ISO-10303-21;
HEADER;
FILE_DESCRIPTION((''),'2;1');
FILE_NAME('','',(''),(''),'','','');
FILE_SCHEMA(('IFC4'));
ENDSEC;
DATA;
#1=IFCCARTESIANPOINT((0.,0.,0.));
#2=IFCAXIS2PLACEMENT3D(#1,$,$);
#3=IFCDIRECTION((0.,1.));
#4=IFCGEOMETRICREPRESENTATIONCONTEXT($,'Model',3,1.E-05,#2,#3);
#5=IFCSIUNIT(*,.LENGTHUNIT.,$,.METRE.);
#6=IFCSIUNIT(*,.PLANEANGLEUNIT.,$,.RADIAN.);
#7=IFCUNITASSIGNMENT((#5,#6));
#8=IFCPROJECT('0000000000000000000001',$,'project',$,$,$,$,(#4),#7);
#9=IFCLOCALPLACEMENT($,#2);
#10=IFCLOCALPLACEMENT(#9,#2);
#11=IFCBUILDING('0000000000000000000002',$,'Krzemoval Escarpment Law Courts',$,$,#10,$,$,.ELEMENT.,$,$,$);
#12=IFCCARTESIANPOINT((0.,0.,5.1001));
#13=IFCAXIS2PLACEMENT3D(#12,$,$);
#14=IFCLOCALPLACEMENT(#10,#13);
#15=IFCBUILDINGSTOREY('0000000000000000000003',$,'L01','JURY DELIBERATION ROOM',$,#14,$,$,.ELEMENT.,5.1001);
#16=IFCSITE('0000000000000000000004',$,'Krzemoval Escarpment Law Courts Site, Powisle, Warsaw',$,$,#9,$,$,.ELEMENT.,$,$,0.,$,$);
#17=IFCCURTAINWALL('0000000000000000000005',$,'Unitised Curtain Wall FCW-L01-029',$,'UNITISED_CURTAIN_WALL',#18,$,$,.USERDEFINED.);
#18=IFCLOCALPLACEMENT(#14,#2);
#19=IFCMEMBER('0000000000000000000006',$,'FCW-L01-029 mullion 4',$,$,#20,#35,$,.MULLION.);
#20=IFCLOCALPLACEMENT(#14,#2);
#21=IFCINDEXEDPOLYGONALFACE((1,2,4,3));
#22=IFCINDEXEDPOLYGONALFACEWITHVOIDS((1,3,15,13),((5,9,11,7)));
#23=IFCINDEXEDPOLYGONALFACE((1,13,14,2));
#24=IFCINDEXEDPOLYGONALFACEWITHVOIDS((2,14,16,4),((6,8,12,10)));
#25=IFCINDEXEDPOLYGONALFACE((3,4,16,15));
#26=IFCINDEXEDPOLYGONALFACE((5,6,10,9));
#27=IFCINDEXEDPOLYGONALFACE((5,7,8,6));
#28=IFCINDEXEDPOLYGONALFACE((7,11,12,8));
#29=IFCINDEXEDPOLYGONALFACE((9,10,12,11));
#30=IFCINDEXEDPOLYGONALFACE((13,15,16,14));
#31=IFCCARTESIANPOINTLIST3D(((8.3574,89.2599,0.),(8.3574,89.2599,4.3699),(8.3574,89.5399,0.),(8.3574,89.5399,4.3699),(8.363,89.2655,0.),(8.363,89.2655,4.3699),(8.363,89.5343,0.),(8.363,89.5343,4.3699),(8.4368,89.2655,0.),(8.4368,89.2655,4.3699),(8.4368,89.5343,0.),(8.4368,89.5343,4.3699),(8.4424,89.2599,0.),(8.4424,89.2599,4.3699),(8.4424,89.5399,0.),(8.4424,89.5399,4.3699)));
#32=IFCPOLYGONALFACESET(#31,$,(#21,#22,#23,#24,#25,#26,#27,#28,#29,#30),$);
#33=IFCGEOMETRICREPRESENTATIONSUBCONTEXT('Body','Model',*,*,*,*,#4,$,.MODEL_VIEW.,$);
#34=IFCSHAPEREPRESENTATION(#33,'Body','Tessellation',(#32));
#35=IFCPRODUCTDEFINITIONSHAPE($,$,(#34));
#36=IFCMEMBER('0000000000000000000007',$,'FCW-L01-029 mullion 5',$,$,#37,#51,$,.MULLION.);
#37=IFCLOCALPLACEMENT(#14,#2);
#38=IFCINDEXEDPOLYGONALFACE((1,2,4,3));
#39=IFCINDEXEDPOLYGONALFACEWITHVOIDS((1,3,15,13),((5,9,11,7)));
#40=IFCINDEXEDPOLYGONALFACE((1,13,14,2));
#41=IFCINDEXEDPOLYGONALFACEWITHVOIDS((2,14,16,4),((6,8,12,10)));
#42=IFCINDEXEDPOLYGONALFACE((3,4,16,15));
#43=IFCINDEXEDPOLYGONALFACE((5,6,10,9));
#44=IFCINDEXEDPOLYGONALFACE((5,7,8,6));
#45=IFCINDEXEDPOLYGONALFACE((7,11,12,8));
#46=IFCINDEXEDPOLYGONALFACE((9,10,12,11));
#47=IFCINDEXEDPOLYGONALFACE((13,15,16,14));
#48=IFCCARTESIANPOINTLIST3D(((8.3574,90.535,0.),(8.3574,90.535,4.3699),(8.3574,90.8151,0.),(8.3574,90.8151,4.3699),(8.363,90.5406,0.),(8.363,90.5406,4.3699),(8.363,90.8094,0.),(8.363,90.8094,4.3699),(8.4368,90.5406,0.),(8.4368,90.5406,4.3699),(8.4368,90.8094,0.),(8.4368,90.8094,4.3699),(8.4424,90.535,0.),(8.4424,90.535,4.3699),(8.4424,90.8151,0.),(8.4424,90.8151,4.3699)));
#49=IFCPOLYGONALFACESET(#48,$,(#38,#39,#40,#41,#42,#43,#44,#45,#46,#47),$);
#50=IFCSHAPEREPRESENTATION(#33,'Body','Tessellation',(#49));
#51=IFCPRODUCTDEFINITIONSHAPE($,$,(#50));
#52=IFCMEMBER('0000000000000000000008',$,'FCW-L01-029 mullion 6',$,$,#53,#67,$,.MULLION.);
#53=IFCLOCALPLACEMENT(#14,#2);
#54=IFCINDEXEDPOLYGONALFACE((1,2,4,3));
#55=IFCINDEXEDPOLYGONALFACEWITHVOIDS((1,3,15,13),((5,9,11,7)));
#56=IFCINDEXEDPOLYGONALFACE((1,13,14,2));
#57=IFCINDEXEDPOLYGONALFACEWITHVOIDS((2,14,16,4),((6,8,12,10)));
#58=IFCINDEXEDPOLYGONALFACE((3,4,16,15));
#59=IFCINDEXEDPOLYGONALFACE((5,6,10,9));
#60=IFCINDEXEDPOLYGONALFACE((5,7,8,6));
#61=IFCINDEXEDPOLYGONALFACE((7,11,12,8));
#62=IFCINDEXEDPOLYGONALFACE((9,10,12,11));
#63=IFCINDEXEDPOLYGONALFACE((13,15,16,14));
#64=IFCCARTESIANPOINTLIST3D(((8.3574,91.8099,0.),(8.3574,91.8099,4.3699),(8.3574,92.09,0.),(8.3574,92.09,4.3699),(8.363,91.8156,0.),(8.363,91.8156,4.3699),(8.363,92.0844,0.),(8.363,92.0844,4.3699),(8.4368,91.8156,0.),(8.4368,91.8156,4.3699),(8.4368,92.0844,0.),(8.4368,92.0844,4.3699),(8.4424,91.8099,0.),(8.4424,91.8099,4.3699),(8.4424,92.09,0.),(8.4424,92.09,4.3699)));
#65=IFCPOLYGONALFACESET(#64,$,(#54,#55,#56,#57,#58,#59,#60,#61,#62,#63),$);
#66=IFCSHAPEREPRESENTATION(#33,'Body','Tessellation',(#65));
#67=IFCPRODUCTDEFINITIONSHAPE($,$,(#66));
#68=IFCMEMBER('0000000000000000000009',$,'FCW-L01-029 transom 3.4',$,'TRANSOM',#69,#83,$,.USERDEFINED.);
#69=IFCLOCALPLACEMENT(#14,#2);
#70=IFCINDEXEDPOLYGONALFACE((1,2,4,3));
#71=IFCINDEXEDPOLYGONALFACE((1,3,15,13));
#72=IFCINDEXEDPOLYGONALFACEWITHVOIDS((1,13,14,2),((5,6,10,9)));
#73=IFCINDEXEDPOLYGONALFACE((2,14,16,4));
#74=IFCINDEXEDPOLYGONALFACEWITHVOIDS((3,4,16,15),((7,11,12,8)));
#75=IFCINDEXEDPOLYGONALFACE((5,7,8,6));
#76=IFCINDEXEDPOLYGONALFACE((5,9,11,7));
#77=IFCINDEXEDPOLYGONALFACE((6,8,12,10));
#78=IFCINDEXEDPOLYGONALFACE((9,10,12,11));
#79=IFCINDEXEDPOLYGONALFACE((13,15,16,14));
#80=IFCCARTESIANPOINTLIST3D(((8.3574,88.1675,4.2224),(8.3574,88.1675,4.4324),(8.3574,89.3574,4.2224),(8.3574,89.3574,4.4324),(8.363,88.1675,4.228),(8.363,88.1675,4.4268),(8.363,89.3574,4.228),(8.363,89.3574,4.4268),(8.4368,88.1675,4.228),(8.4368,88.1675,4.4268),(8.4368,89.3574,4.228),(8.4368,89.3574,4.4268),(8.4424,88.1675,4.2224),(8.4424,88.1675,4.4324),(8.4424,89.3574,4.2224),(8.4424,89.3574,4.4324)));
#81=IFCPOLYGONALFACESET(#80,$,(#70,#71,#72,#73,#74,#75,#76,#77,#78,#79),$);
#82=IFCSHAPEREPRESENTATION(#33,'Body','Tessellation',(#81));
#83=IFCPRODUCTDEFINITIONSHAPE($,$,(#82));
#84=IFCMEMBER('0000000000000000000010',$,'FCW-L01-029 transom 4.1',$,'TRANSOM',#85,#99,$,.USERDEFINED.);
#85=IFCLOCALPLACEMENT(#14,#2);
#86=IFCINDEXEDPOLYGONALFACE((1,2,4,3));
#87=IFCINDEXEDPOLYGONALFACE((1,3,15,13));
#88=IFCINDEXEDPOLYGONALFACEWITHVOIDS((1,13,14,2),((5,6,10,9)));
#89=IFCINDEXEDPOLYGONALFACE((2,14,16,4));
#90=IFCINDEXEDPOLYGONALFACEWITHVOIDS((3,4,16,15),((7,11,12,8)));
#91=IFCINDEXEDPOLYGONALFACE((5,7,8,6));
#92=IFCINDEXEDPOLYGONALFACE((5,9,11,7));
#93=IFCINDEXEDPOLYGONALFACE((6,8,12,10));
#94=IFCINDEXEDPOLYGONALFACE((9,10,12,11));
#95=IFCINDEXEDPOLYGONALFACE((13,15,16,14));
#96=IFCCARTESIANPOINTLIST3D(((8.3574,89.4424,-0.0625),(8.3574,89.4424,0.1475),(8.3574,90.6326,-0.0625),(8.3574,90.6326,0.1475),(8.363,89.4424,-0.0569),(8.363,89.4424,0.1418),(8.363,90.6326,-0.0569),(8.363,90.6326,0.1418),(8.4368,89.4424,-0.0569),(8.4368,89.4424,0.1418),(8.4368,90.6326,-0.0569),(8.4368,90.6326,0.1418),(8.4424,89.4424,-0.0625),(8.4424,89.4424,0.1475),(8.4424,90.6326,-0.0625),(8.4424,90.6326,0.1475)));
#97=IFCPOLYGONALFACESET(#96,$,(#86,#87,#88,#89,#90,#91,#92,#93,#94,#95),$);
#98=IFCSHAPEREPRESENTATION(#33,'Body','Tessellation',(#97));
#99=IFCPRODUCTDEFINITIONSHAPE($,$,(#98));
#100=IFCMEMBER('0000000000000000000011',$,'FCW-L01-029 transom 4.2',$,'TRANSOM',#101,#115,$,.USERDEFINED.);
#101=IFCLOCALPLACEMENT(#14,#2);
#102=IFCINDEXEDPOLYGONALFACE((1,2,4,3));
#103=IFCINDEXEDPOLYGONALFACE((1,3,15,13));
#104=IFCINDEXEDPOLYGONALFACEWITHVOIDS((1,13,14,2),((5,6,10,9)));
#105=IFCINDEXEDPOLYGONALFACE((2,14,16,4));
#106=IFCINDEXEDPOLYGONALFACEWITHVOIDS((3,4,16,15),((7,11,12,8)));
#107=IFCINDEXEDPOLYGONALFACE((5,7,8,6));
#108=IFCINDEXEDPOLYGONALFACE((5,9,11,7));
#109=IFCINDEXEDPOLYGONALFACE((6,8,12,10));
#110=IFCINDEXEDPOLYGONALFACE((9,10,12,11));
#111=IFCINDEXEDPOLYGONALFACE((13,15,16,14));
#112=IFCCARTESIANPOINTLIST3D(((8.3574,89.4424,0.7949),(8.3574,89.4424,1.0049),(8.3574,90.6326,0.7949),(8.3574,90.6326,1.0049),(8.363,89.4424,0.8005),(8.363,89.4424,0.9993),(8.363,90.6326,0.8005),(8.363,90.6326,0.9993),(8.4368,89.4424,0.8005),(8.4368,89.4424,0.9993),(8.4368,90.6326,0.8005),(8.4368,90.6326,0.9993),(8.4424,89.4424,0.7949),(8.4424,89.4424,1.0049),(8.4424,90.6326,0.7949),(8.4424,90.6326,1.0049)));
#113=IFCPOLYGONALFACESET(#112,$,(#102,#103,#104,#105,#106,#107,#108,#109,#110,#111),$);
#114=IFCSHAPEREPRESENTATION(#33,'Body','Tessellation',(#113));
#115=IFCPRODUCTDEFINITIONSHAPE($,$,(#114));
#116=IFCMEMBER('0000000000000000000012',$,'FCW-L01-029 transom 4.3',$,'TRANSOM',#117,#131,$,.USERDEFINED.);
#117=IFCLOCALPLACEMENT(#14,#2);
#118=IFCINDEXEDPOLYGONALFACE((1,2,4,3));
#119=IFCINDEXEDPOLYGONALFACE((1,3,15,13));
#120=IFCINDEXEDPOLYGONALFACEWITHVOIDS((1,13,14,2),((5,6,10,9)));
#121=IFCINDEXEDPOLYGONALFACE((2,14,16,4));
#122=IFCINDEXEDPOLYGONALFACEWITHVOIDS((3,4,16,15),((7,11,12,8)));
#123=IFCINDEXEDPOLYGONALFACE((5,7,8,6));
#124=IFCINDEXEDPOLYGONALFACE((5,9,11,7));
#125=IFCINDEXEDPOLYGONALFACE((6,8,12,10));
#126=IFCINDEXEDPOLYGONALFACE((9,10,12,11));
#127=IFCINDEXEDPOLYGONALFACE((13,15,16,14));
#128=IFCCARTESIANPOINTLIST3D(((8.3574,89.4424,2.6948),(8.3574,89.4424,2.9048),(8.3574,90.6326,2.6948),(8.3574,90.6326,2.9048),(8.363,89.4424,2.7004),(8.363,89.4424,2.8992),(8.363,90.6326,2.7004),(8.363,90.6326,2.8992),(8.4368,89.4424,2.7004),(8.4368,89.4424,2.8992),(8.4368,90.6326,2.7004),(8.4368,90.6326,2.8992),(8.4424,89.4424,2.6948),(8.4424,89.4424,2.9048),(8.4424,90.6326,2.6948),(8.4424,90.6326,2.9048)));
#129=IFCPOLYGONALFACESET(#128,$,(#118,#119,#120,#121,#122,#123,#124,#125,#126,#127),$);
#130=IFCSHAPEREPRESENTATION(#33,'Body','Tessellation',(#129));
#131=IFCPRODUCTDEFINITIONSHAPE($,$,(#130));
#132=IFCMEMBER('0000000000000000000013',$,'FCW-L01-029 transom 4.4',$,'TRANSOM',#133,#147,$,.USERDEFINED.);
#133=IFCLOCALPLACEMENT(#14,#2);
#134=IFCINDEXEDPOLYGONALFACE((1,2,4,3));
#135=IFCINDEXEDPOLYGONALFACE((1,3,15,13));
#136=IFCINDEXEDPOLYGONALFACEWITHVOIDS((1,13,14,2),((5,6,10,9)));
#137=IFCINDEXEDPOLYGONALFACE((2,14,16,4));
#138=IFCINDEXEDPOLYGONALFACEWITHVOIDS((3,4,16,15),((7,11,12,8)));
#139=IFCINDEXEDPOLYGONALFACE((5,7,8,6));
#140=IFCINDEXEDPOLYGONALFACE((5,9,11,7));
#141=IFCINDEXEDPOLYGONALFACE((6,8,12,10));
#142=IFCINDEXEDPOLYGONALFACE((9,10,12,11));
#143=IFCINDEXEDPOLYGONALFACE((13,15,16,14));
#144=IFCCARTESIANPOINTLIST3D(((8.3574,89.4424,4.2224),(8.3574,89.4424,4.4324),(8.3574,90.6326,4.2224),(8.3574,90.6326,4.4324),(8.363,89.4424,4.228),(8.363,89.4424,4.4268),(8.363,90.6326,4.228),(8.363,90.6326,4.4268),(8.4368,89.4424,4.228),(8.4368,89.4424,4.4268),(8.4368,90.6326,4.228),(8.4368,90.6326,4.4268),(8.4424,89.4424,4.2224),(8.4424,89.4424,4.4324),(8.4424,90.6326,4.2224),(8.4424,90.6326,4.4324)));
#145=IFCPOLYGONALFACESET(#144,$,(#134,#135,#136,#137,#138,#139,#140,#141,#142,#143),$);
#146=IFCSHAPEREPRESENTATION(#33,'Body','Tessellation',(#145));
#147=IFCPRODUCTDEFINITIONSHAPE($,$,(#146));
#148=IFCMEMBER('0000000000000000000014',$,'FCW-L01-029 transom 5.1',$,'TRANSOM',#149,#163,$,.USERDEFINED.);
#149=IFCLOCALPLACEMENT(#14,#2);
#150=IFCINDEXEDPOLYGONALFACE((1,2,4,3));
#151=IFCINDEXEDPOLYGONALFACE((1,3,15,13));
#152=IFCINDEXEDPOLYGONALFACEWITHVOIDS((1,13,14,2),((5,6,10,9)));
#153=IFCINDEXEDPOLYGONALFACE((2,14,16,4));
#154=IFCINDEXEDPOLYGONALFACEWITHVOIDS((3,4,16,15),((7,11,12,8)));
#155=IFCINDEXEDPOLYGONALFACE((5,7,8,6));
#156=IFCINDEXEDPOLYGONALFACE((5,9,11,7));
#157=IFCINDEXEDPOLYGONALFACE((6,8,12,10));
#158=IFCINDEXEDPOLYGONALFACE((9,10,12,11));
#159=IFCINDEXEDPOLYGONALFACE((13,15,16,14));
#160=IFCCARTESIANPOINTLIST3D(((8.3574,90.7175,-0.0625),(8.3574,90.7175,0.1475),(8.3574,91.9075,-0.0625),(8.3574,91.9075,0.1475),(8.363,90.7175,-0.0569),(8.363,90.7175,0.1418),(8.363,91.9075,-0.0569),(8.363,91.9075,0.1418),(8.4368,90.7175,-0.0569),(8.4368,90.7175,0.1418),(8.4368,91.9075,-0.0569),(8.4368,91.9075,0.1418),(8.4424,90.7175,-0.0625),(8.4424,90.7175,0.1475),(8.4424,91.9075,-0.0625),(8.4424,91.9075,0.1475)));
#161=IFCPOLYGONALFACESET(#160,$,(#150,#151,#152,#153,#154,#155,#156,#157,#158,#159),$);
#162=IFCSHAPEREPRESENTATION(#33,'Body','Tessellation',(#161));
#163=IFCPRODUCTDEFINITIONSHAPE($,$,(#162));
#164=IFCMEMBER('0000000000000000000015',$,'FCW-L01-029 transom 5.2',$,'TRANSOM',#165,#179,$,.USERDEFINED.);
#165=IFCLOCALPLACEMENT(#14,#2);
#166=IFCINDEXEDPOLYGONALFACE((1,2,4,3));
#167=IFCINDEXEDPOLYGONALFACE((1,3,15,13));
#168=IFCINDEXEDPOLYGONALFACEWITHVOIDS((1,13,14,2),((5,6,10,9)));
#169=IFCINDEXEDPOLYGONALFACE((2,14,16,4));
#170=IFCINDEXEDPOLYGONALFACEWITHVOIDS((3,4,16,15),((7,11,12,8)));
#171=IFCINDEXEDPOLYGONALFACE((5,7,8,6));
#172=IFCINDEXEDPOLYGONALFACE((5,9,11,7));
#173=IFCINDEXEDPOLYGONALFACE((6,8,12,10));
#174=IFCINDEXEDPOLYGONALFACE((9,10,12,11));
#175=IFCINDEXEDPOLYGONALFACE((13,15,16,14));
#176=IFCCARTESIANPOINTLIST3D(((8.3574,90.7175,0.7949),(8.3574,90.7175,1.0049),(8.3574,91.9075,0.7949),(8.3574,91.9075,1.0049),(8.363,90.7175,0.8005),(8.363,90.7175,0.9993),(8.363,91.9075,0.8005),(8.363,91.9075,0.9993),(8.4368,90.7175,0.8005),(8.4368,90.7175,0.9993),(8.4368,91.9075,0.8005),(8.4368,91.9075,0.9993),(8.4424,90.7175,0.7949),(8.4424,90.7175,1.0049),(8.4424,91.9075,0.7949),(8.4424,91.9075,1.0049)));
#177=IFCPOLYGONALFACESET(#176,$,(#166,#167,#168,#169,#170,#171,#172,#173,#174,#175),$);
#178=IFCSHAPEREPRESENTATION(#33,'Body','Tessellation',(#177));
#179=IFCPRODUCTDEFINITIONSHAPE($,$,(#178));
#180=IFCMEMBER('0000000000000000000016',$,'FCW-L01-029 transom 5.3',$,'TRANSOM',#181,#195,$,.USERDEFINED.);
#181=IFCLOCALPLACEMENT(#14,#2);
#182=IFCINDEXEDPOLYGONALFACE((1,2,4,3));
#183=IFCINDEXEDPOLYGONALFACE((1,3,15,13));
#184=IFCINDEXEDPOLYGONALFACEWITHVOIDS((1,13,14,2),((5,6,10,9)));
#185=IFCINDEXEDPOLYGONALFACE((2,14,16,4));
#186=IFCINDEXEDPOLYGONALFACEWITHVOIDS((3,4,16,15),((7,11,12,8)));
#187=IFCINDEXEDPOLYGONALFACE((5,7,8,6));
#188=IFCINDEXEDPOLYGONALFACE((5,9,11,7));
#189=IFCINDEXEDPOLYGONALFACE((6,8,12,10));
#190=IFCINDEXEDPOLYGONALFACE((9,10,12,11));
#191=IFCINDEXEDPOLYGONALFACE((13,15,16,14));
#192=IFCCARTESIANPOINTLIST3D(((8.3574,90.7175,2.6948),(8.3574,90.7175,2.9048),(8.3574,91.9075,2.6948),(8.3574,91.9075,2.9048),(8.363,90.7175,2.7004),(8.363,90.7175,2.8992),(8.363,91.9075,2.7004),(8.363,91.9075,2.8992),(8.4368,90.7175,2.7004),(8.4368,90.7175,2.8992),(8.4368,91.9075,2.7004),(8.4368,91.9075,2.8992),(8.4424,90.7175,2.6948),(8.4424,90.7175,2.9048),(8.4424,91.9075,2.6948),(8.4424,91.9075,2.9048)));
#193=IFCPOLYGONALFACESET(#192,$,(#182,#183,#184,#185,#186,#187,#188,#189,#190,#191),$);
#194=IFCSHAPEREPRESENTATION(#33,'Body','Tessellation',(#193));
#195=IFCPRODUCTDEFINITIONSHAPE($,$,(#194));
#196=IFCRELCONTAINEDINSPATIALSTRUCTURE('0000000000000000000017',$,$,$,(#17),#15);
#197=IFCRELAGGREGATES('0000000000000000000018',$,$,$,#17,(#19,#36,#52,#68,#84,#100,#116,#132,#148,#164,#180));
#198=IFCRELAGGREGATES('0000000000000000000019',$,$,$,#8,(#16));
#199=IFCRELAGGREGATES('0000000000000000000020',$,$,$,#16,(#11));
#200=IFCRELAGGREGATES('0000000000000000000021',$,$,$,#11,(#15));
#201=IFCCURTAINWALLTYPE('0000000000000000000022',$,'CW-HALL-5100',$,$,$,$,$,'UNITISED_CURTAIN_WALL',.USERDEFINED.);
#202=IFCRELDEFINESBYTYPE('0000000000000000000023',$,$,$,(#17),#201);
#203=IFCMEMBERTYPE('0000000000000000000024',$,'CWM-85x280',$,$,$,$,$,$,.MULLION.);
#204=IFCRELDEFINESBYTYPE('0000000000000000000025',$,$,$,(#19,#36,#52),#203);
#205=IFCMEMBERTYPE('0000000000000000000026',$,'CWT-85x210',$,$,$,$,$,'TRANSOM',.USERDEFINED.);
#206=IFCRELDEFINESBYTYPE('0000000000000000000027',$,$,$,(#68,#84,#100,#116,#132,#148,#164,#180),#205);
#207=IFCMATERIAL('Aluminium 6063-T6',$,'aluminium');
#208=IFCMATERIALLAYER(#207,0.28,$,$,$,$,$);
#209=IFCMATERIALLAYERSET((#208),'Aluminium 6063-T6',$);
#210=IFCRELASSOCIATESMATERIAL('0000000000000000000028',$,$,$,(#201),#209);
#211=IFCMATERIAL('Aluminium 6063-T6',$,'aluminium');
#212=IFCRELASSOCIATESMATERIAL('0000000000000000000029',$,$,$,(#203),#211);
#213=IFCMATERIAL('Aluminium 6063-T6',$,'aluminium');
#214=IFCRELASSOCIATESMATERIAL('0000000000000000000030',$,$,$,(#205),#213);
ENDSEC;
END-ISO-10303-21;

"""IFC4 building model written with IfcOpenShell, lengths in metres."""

from ifc_helpers import new_model, si_unit, direction, frame, origin, origin_2d, place, context, subcontext, project, spatial, hollow_rectangle, extrude, material, layer, layer_set, material_profile, profile_set, type_object, element, aggregate, save


model = new_model("IFC4")

# Units and contexts
model_context = context("Model", 3, precision=1e-05, world=origin(), true_north=direction((0.0, 1.0)))
body_context = subcontext(model_context, "Body", "Model", "MODEL_VIEW")
ifc_project = project(units=[si_unit("LENGTHUNIT", "METRE"), si_unit("PLANEANGLEUNIT", "RADIAN")], contexts=[model_context])

# Site, building, storey
site_placement = place(None, origin())
site = spatial("IfcSite", under=ifc_project, at=site_placement, Name="Krzemoval Escarpment Law Courts Site, Powisle, Warsaw", CompositionType="ELEMENT", RefElevation=0.0)
building_placement = place(site_placement, origin())
building = spatial("IfcBuilding", under=site, at=building_placement, Name="Krzemoval Escarpment Law Courts", CompositionType="ELEMENT")
storey_placement = place(building_placement, frame((0.0, 0.0, 5.1001)))
storey = spatial("IfcBuildingStorey", under=building, at=storey_placement, Name="L01", Description="JURY DELIBERATION ROOM", CompositionType="ELEMENT", Elevation=5.1001)

# Curtain wall, members
ifc_material_1 = material(Name="Aluminium 6063-T6", Category="aluminium")
ifc_layer_1 = layer(ifc_material_1, 0.28)
ifc_layer_set_1 = layer_set([ifc_layer_1], Name="Aluminium 6063-T6")
curtain_wall_type = type_object("IfcCurtainWallType", Name="CW-HALL-5100", ElementType="UNITISED_CURTAIN_WALL", PredefinedType="USERDEFINED", material=ifc_layer_set_1)
curtain_wall_placement = place(storey_placement, origin())
curtain_wall = element("IfcCurtainWall", 1, at=curtain_wall_placement, inside=storey, type_object=curtain_wall_type, Name="Unitised Curtain Wall FCW-L01-029", ObjectType="UNITISED_CURTAIN_WALL", PredefinedType="USERDEFINED")
ifc_material_2 = material(Name="Aluminium 6063-T6", Category="aluminium")
ifc_material_profile_1 = material_profile(ifc_material_2, hollow_rectangle(XDim=0.085, YDim=0.28, WallThickness=0.0056, at=origin_2d()), Name="ALU M85x280")
ifc_profile_set_1 = profile_set([ifc_material_profile_1], Name="Aluminium 6063-T6")
member_type_1 = type_object("IfcMemberType", Name="CWM-85x280", PredefinedType="MULLION", material=ifc_profile_set_1)
member_1_placement = place(storey_placement, frame((8.3999, 89.3999, 0.0), z_axis=(0.0, 0.0, 1.0), x_axis=(-1.0, 0.0, 0.0)))
member_1 = element("IfcMember", 2, at=member_1_placement, type_object=member_type_1, Name="FCW-L01-029 mullion 4", PredefinedType="MULLION", context=body_context, shape_type="SweptSolid", body=[
    extrude(hollow_rectangle(XDim=0.085, YDim=0.28, WallThickness=0.0056, at=origin_2d()), origin(), (0.0, 0.0, 1.0), 4.3699),
])
member_2_placement = place(storey_placement, frame((8.3999, 90.675, 0.0), z_axis=(0.0, 0.0, 1.0), x_axis=(-1.0, 0.0, 0.0)))
member_2 = element("IfcMember", 3, at=member_2_placement, type_object=member_type_1, Name="FCW-L01-029 mullion 5", PredefinedType="MULLION", context=body_context, shape_type="SweptSolid", body=[
    extrude(hollow_rectangle(XDim=0.085, YDim=0.28, WallThickness=0.0056, at=origin_2d()), origin(), (0.0, 0.0, 1.0), 4.3699),
])
member_3_placement = place(storey_placement, frame((8.3999, 91.95, 0.0), z_axis=(0.0, 0.0, 1.0), x_axis=(-1.0, 0.0, 0.0)))
member_3 = element("IfcMember", 4, at=member_3_placement, type_object=member_type_1, Name="FCW-L01-029 mullion 6", PredefinedType="MULLION", context=body_context, shape_type="SweptSolid", body=[
    extrude(hollow_rectangle(XDim=0.085, YDim=0.28, WallThickness=0.0056, at=origin_2d()), origin(), (0.0, 0.0, 1.0), 4.3699),
])
ifc_material_3 = material(Name="Aluminium 6063-T6", Category="aluminium")
ifc_material_profile_2 = material_profile(ifc_material_3, hollow_rectangle(XDim=0.085, YDim=0.21, WallThickness=0.0056, at=origin_2d()), Name="ALU T85x210")
ifc_profile_set_2 = profile_set([ifc_material_profile_2], Name="Aluminium 6063-T6")
member_type_2 = type_object("IfcMemberType", Name="CWT-85x210", ElementType="TRANSOM", PredefinedType="USERDEFINED", material=ifc_profile_set_2)
member_4_placement = place(storey_placement, frame((8.3999, 88.1675, 4.3274), z_axis=(0.0, 1.0, 0.0), x_axis=(-1.0, 0.0, 0.0)))
member_4 = element("IfcMember", 5, at=member_4_placement, type_object=member_type_2, Name="FCW-L01-029 transom 3.4", ObjectType="TRANSOM", PredefinedType="USERDEFINED", context=body_context, shape_type="SweptSolid", body=[
    extrude(hollow_rectangle(XDim=0.085, YDim=0.21, WallThickness=0.0056, at=origin_2d()), origin(), (0.0, 0.0, 1.0), 1.1899),
])
member_5_placement = place(storey_placement, frame((8.3999, 89.4424, 0.0425), z_axis=(0.0, 1.0, 0.0), x_axis=(-1.0, 0.0, 0.0)))
member_5 = element("IfcMember", 6, at=member_5_placement, type_object=member_type_2, Name="FCW-L01-029 transom 4.1", ObjectType="TRANSOM", PredefinedType="USERDEFINED", context=body_context, shape_type="SweptSolid", body=[
    extrude(hollow_rectangle(XDim=0.085, YDim=0.21, WallThickness=0.0056, at=origin_2d()), origin(), (0.0, 0.0, 1.0), 1.1902),
])
member_6_placement = place(storey_placement, frame((8.3999, 89.4424, 0.8999), z_axis=(0.0, 1.0, 0.0), x_axis=(-1.0, 0.0, 0.0)))
member_6 = element("IfcMember", 7, at=member_6_placement, type_object=member_type_2, Name="FCW-L01-029 transom 4.2", ObjectType="TRANSOM", PredefinedType="USERDEFINED", context=body_context, shape_type="SweptSolid", body=[
    extrude(hollow_rectangle(XDim=0.085, YDim=0.21, WallThickness=0.0056, at=origin_2d()), origin(), (0.0, 0.0, 1.0), 1.1902),
])
member_7_placement = place(storey_placement, frame((8.3999, 89.4424, 2.7998), z_axis=(0.0, 1.0, 0.0), x_axis=(-1.0, 0.0, 0.0)))
member_7 = element("IfcMember", 8, at=member_7_placement, type_object=member_type_2, Name="FCW-L01-029 transom 4.3", ObjectType="TRANSOM", PredefinedType="USERDEFINED", context=body_context, shape_type="SweptSolid", body=[
    extrude(hollow_rectangle(XDim=0.085, YDim=0.21, WallThickness=0.0056, at=origin_2d()), origin(), (0.0, 0.0, 1.0), 1.1902),
])
member_8_placement = place(storey_placement, frame((8.3999, 89.4424, 4.3274), z_axis=(0.0, 1.0, 0.0), x_axis=(-1.0, 0.0, 0.0)))
member_8 = element("IfcMember", 9, at=member_8_placement, type_object=member_type_2, Name="FCW-L01-029 transom 4.4", ObjectType="TRANSOM", PredefinedType="USERDEFINED", context=body_context, shape_type="SweptSolid", body=[
    extrude(hollow_rectangle(XDim=0.085, YDim=0.21, WallThickness=0.0056, at=origin_2d()), origin(), (0.0, 0.0, 1.0), 1.1902),
])
member_9_placement = place(storey_placement, frame((8.3999, 90.7175, 0.0425), z_axis=(0.0, 1.0, 0.0), x_axis=(-1.0, 0.0, 0.0)))
member_9 = element("IfcMember", 10, at=member_9_placement, type_object=member_type_2, Name="FCW-L01-029 transom 5.1", ObjectType="TRANSOM", PredefinedType="USERDEFINED", context=body_context, shape_type="SweptSolid", body=[
    extrude(hollow_rectangle(XDim=0.085, YDim=0.21, WallThickness=0.0056, at=origin_2d()), origin(), (0.0, 0.0, 1.0), 1.1899),
])
member_10_placement = place(storey_placement, frame((8.3999, 90.7175, 0.8999), z_axis=(0.0, 1.0, 0.0), x_axis=(-1.0, 0.0, 0.0)))
member_10 = element("IfcMember", 11, at=member_10_placement, type_object=member_type_2, Name="FCW-L01-029 transom 5.2", ObjectType="TRANSOM", PredefinedType="USERDEFINED", context=body_context, shape_type="SweptSolid", body=[
    extrude(hollow_rectangle(XDim=0.085, YDim=0.21, WallThickness=0.0056, at=origin_2d()), origin(), (0.0, 0.0, 1.0), 1.1899),
])
member_11_placement = place(storey_placement, frame((8.3999, 90.7175, 2.7998), z_axis=(0.0, 1.0, 0.0), x_axis=(-1.0, 0.0, 0.0)))
member_11 = element("IfcMember", 12, at=member_11_placement, type_object=member_type_2, Name="FCW-L01-029 transom 5.3", ObjectType="TRANSOM", PredefinedType="USERDEFINED", context=body_context, shape_type="SweptSolid", body=[
    extrude(hollow_rectangle(XDim=0.085, YDim=0.21, WallThickness=0.0056, at=origin_2d()), origin(), (0.0, 0.0, 1.0), 1.1899),
])

aggregate(curtain_wall, [member_1, member_2, member_3, member_4, member_5, member_6, member_7, member_8, member_9, member_10, member_11])

save(model, "model.ifc")
